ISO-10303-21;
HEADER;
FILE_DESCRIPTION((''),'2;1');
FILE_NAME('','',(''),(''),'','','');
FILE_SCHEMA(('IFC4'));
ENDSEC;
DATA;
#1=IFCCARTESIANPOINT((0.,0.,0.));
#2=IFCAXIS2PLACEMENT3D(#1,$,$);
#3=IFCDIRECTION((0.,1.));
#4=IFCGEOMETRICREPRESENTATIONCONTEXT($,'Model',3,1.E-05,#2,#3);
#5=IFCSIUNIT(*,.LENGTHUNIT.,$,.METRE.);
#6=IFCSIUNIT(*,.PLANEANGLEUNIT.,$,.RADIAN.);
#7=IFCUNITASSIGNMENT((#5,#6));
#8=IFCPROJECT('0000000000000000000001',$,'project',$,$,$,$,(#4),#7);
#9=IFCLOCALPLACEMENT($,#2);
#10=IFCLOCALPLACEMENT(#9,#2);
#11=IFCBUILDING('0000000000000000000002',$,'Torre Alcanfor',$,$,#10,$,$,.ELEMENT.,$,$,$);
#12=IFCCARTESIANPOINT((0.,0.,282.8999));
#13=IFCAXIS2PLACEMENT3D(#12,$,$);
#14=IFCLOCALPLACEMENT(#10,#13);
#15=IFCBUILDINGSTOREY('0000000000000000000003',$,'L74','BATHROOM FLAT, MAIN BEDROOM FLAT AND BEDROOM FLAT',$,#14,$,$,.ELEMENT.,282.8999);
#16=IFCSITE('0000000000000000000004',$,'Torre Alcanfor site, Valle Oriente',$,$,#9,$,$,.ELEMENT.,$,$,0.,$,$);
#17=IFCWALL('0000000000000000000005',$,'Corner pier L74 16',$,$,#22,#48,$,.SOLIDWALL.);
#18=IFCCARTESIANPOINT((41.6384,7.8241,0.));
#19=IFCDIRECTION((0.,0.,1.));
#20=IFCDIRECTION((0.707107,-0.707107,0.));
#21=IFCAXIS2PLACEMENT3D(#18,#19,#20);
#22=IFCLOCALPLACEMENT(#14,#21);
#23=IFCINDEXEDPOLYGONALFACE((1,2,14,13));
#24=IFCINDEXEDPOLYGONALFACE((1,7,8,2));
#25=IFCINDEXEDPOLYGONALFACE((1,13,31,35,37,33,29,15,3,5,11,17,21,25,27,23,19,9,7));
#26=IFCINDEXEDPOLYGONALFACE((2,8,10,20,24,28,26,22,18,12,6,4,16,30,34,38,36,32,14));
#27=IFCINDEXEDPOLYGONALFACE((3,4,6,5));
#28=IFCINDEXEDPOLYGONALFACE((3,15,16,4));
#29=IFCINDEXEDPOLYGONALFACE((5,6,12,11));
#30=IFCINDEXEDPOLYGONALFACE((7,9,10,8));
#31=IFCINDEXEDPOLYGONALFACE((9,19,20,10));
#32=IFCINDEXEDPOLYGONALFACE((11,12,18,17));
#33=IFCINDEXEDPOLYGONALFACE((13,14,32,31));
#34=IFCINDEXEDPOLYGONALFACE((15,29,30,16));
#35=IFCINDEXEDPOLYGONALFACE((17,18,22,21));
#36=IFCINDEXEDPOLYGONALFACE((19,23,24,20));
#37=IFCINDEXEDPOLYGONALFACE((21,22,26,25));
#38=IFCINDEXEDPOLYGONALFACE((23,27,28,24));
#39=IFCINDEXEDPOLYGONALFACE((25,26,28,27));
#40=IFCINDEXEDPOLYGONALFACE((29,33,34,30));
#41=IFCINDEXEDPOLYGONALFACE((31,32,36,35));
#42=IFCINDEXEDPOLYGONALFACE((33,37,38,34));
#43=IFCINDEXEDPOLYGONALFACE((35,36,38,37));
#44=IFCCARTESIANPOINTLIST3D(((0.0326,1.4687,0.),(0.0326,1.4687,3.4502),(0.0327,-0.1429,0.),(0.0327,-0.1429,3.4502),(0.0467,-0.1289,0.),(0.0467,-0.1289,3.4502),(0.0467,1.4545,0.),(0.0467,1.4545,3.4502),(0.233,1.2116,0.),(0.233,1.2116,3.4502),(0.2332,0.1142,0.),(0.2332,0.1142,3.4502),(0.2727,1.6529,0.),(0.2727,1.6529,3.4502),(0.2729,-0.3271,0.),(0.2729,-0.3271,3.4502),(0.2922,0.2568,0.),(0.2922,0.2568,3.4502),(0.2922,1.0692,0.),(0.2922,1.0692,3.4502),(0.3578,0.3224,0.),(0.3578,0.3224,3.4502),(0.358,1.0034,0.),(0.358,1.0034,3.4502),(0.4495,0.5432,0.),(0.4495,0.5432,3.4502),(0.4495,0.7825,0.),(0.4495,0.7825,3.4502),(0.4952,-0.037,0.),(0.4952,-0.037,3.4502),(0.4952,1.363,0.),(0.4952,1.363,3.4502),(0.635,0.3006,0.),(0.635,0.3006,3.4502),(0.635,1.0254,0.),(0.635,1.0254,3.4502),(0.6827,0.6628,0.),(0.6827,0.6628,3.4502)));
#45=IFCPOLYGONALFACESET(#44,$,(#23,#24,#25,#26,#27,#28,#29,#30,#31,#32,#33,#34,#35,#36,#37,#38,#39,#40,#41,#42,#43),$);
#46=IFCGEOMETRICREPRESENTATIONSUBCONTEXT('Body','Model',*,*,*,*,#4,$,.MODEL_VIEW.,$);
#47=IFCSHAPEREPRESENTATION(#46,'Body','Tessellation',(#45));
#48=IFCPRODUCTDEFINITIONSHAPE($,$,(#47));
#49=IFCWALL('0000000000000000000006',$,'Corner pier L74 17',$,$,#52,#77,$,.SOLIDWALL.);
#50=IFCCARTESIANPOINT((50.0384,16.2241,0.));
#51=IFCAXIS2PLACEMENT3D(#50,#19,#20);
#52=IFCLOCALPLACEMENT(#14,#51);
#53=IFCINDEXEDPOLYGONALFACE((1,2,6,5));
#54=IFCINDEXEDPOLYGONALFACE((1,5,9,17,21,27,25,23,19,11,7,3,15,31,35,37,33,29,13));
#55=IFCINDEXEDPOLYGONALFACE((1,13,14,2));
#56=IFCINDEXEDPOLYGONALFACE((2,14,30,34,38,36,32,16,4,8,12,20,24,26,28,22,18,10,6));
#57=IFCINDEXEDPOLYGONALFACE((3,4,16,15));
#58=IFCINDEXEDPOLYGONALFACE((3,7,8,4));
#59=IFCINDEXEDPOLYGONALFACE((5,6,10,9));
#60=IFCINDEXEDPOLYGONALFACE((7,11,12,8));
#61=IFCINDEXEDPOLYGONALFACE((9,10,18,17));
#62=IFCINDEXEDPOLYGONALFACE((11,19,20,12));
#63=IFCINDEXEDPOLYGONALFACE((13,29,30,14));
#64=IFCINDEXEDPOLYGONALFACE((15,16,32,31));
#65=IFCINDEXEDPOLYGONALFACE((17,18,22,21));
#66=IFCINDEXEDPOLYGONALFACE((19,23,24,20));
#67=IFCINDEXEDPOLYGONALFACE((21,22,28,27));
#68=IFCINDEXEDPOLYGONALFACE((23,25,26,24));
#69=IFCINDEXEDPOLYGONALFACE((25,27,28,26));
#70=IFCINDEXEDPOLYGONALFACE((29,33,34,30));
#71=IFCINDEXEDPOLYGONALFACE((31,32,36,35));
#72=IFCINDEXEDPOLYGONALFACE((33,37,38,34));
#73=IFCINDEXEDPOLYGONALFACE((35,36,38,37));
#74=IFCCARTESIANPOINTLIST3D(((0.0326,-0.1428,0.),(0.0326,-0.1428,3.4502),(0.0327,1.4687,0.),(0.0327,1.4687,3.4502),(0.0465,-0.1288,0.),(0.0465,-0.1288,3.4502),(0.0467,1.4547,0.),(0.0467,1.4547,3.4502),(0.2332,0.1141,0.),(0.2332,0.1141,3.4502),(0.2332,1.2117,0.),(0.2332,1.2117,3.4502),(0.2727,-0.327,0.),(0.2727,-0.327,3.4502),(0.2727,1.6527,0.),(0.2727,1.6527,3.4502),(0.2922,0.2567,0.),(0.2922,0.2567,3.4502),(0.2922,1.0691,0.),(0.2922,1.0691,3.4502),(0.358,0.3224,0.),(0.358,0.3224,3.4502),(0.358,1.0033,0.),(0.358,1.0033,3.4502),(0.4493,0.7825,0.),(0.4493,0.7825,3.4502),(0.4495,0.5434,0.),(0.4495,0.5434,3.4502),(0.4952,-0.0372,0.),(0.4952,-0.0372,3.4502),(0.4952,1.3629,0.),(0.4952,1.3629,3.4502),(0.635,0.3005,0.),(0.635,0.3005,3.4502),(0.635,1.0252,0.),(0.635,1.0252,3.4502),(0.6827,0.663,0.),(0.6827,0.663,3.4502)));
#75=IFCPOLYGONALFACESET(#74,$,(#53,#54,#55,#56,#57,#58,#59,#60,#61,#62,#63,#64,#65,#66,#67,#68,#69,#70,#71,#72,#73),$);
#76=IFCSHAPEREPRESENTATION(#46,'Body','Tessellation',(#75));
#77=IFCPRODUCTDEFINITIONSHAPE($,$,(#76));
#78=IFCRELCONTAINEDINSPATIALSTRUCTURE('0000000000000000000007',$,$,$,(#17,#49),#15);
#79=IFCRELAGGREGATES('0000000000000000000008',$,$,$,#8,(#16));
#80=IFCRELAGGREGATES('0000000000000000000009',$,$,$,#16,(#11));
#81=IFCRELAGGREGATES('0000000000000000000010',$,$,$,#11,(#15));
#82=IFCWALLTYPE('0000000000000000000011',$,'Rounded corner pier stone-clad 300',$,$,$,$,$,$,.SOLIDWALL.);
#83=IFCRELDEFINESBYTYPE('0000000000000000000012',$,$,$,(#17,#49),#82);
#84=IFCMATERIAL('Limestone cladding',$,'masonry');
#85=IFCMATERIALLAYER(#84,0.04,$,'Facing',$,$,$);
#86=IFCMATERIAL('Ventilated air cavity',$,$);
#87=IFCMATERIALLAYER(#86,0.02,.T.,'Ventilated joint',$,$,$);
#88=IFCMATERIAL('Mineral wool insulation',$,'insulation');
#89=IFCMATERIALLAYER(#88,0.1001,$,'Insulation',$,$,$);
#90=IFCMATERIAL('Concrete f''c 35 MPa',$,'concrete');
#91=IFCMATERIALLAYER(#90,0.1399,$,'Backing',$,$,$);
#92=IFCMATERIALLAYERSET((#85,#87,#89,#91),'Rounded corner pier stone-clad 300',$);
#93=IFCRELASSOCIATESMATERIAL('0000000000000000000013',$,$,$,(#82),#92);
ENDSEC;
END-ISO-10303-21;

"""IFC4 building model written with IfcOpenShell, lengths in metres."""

from ifc_helpers import new_model, si_unit, direction, frame, origin, place, context, subcontext, project, spatial, polyline, outline, extrude, material, layer, layer_set, type_object, element, save


model = new_model("IFC4")

# Units and contexts
model_context = context("Model", 3, precision=1e-05, world=origin(), true_north=direction((0.0, 1.0)))
body_context = subcontext(model_context, "Body", "Model", "MODEL_VIEW")
ifc_project = project(units=[si_unit("LENGTHUNIT", "METRE"), si_unit("PLANEANGLEUNIT", "RADIAN")], contexts=[model_context])

# Site, building, storey
site_placement = place(None, origin())
site = spatial("IfcSite", under=ifc_project, at=site_placement, Name="Torre Alcanfor site, Valle Oriente", CompositionType="ELEMENT", RefElevation=0.0)
building_placement = place(site_placement, origin())
building = spatial("IfcBuilding", under=site, at=building_placement, Name="Torre Alcanfor", CompositionType="ELEMENT")
storey_placement = place(building_placement, frame((0.0, 0.0, 282.8999)))
storey = spatial("IfcBuildingStorey", under=building, at=storey_placement, Name="L74", Description="BATHROOM FLAT, MAIN BEDROOM FLAT AND BEDROOM FLAT", CompositionType="ELEMENT", Elevation=282.8999)

# Shared definitions
ifc_material_1 = material(Name="Limestone cladding", Category="masonry")
ifc_material_2 = material(Name="Ventilated air cavity")
ifc_material_3 = material(Name="Mineral wool insulation", Category="insulation")
ifc_material_4 = material(Name="Concrete f'c 35 MPa", Category="concrete")

# Walls
ifc_layer_1 = layer(ifc_material_1, 0.04, Name="Facing")
ifc_layer_2 = layer(ifc_material_2, 0.02, ventilated=True, Name="Ventilated joint")
ifc_layer_3 = layer(ifc_material_3, 0.1001, Name="Insulation")
ifc_layer_4 = layer(ifc_material_4, 0.1399, Name="Backing")
ifc_layer_set_1 = layer_set([ifc_layer_1, ifc_layer_2, ifc_layer_3, ifc_layer_4], Name="Rounded corner pier stone-clad 300")
wall_type_1 = type_object("IfcWallType", Name="Rounded corner pier stone-clad 300", PredefinedType="SOLIDWALL", material=ifc_layer_set_1)
wall_1_placement = place(storey_placement, frame((41.6384, 7.8241, 0.0), z_axis=(0.0, 0.0, 1.0), x_axis=(0.707107, -0.707107, 0.0)))
element("IfcWall", 1, at=wall_1_placement, inside=storey, type_object=wall_type_1, Name="Corner pier L74 16", PredefinedType="SOLIDWALL", context=body_context, shape_type="SweptSolid", body=[
    extrude(outline(polyline([(0.0326, 1.4687), (0.0467, 1.4545), (0.233, 1.2116), (0.2922, 1.0692), (0.358, 1.0034), (0.4495, 0.7825), (0.4495, 0.5432), (0.3578, 0.3224), (0.2922, 0.2568), (0.2332, 0.1142), (0.0467, -0.1289), (0.0327, -0.1429), (0.2729, -0.3271), (0.4952, -0.037), (0.635, 0.3006), (0.6827, 0.6628), (0.635, 1.0254), (0.4952, 1.363), (0.2727, 1.6529), (0.0326, 1.4687)])), origin(), (0.0, 0.0, 1.0), 3.4502),
])
wall_2_placement = place(storey_placement, frame((50.0384, 16.2241, 0.0), z_axis=(0.0, 0.0, 1.0), x_axis=(0.707107, -0.707107, 0.0)))
element("IfcWall", 2, at=wall_2_placement, inside=storey, type_object=wall_type_1, Name="Corner pier L74 17", PredefinedType="SOLIDWALL", context=body_context, shape_type="SweptSolid", body=[
    extrude(outline(polyline([(0.0467, 1.4547), (0.2332, 1.2117), (0.2922, 1.0691), (0.358, 1.0033), (0.4493, 0.7825), (0.4495, 0.5434), (0.358, 0.3224), (0.2922, 0.2567), (0.2332, 0.1141), (0.0465, -0.1288), (0.0326, -0.1428), (0.2727, -0.327), (0.4952, -0.0372), (0.635, 0.3005), (0.6827, 0.663), (0.635, 1.0252), (0.4952, 1.3629), (0.2727, 1.6527), (0.0327, 1.4687), (0.0467, 1.4547)])), origin(), (0.0, 0.0, 1.0), 3.4502),
])

save(model, "model.ifc")
